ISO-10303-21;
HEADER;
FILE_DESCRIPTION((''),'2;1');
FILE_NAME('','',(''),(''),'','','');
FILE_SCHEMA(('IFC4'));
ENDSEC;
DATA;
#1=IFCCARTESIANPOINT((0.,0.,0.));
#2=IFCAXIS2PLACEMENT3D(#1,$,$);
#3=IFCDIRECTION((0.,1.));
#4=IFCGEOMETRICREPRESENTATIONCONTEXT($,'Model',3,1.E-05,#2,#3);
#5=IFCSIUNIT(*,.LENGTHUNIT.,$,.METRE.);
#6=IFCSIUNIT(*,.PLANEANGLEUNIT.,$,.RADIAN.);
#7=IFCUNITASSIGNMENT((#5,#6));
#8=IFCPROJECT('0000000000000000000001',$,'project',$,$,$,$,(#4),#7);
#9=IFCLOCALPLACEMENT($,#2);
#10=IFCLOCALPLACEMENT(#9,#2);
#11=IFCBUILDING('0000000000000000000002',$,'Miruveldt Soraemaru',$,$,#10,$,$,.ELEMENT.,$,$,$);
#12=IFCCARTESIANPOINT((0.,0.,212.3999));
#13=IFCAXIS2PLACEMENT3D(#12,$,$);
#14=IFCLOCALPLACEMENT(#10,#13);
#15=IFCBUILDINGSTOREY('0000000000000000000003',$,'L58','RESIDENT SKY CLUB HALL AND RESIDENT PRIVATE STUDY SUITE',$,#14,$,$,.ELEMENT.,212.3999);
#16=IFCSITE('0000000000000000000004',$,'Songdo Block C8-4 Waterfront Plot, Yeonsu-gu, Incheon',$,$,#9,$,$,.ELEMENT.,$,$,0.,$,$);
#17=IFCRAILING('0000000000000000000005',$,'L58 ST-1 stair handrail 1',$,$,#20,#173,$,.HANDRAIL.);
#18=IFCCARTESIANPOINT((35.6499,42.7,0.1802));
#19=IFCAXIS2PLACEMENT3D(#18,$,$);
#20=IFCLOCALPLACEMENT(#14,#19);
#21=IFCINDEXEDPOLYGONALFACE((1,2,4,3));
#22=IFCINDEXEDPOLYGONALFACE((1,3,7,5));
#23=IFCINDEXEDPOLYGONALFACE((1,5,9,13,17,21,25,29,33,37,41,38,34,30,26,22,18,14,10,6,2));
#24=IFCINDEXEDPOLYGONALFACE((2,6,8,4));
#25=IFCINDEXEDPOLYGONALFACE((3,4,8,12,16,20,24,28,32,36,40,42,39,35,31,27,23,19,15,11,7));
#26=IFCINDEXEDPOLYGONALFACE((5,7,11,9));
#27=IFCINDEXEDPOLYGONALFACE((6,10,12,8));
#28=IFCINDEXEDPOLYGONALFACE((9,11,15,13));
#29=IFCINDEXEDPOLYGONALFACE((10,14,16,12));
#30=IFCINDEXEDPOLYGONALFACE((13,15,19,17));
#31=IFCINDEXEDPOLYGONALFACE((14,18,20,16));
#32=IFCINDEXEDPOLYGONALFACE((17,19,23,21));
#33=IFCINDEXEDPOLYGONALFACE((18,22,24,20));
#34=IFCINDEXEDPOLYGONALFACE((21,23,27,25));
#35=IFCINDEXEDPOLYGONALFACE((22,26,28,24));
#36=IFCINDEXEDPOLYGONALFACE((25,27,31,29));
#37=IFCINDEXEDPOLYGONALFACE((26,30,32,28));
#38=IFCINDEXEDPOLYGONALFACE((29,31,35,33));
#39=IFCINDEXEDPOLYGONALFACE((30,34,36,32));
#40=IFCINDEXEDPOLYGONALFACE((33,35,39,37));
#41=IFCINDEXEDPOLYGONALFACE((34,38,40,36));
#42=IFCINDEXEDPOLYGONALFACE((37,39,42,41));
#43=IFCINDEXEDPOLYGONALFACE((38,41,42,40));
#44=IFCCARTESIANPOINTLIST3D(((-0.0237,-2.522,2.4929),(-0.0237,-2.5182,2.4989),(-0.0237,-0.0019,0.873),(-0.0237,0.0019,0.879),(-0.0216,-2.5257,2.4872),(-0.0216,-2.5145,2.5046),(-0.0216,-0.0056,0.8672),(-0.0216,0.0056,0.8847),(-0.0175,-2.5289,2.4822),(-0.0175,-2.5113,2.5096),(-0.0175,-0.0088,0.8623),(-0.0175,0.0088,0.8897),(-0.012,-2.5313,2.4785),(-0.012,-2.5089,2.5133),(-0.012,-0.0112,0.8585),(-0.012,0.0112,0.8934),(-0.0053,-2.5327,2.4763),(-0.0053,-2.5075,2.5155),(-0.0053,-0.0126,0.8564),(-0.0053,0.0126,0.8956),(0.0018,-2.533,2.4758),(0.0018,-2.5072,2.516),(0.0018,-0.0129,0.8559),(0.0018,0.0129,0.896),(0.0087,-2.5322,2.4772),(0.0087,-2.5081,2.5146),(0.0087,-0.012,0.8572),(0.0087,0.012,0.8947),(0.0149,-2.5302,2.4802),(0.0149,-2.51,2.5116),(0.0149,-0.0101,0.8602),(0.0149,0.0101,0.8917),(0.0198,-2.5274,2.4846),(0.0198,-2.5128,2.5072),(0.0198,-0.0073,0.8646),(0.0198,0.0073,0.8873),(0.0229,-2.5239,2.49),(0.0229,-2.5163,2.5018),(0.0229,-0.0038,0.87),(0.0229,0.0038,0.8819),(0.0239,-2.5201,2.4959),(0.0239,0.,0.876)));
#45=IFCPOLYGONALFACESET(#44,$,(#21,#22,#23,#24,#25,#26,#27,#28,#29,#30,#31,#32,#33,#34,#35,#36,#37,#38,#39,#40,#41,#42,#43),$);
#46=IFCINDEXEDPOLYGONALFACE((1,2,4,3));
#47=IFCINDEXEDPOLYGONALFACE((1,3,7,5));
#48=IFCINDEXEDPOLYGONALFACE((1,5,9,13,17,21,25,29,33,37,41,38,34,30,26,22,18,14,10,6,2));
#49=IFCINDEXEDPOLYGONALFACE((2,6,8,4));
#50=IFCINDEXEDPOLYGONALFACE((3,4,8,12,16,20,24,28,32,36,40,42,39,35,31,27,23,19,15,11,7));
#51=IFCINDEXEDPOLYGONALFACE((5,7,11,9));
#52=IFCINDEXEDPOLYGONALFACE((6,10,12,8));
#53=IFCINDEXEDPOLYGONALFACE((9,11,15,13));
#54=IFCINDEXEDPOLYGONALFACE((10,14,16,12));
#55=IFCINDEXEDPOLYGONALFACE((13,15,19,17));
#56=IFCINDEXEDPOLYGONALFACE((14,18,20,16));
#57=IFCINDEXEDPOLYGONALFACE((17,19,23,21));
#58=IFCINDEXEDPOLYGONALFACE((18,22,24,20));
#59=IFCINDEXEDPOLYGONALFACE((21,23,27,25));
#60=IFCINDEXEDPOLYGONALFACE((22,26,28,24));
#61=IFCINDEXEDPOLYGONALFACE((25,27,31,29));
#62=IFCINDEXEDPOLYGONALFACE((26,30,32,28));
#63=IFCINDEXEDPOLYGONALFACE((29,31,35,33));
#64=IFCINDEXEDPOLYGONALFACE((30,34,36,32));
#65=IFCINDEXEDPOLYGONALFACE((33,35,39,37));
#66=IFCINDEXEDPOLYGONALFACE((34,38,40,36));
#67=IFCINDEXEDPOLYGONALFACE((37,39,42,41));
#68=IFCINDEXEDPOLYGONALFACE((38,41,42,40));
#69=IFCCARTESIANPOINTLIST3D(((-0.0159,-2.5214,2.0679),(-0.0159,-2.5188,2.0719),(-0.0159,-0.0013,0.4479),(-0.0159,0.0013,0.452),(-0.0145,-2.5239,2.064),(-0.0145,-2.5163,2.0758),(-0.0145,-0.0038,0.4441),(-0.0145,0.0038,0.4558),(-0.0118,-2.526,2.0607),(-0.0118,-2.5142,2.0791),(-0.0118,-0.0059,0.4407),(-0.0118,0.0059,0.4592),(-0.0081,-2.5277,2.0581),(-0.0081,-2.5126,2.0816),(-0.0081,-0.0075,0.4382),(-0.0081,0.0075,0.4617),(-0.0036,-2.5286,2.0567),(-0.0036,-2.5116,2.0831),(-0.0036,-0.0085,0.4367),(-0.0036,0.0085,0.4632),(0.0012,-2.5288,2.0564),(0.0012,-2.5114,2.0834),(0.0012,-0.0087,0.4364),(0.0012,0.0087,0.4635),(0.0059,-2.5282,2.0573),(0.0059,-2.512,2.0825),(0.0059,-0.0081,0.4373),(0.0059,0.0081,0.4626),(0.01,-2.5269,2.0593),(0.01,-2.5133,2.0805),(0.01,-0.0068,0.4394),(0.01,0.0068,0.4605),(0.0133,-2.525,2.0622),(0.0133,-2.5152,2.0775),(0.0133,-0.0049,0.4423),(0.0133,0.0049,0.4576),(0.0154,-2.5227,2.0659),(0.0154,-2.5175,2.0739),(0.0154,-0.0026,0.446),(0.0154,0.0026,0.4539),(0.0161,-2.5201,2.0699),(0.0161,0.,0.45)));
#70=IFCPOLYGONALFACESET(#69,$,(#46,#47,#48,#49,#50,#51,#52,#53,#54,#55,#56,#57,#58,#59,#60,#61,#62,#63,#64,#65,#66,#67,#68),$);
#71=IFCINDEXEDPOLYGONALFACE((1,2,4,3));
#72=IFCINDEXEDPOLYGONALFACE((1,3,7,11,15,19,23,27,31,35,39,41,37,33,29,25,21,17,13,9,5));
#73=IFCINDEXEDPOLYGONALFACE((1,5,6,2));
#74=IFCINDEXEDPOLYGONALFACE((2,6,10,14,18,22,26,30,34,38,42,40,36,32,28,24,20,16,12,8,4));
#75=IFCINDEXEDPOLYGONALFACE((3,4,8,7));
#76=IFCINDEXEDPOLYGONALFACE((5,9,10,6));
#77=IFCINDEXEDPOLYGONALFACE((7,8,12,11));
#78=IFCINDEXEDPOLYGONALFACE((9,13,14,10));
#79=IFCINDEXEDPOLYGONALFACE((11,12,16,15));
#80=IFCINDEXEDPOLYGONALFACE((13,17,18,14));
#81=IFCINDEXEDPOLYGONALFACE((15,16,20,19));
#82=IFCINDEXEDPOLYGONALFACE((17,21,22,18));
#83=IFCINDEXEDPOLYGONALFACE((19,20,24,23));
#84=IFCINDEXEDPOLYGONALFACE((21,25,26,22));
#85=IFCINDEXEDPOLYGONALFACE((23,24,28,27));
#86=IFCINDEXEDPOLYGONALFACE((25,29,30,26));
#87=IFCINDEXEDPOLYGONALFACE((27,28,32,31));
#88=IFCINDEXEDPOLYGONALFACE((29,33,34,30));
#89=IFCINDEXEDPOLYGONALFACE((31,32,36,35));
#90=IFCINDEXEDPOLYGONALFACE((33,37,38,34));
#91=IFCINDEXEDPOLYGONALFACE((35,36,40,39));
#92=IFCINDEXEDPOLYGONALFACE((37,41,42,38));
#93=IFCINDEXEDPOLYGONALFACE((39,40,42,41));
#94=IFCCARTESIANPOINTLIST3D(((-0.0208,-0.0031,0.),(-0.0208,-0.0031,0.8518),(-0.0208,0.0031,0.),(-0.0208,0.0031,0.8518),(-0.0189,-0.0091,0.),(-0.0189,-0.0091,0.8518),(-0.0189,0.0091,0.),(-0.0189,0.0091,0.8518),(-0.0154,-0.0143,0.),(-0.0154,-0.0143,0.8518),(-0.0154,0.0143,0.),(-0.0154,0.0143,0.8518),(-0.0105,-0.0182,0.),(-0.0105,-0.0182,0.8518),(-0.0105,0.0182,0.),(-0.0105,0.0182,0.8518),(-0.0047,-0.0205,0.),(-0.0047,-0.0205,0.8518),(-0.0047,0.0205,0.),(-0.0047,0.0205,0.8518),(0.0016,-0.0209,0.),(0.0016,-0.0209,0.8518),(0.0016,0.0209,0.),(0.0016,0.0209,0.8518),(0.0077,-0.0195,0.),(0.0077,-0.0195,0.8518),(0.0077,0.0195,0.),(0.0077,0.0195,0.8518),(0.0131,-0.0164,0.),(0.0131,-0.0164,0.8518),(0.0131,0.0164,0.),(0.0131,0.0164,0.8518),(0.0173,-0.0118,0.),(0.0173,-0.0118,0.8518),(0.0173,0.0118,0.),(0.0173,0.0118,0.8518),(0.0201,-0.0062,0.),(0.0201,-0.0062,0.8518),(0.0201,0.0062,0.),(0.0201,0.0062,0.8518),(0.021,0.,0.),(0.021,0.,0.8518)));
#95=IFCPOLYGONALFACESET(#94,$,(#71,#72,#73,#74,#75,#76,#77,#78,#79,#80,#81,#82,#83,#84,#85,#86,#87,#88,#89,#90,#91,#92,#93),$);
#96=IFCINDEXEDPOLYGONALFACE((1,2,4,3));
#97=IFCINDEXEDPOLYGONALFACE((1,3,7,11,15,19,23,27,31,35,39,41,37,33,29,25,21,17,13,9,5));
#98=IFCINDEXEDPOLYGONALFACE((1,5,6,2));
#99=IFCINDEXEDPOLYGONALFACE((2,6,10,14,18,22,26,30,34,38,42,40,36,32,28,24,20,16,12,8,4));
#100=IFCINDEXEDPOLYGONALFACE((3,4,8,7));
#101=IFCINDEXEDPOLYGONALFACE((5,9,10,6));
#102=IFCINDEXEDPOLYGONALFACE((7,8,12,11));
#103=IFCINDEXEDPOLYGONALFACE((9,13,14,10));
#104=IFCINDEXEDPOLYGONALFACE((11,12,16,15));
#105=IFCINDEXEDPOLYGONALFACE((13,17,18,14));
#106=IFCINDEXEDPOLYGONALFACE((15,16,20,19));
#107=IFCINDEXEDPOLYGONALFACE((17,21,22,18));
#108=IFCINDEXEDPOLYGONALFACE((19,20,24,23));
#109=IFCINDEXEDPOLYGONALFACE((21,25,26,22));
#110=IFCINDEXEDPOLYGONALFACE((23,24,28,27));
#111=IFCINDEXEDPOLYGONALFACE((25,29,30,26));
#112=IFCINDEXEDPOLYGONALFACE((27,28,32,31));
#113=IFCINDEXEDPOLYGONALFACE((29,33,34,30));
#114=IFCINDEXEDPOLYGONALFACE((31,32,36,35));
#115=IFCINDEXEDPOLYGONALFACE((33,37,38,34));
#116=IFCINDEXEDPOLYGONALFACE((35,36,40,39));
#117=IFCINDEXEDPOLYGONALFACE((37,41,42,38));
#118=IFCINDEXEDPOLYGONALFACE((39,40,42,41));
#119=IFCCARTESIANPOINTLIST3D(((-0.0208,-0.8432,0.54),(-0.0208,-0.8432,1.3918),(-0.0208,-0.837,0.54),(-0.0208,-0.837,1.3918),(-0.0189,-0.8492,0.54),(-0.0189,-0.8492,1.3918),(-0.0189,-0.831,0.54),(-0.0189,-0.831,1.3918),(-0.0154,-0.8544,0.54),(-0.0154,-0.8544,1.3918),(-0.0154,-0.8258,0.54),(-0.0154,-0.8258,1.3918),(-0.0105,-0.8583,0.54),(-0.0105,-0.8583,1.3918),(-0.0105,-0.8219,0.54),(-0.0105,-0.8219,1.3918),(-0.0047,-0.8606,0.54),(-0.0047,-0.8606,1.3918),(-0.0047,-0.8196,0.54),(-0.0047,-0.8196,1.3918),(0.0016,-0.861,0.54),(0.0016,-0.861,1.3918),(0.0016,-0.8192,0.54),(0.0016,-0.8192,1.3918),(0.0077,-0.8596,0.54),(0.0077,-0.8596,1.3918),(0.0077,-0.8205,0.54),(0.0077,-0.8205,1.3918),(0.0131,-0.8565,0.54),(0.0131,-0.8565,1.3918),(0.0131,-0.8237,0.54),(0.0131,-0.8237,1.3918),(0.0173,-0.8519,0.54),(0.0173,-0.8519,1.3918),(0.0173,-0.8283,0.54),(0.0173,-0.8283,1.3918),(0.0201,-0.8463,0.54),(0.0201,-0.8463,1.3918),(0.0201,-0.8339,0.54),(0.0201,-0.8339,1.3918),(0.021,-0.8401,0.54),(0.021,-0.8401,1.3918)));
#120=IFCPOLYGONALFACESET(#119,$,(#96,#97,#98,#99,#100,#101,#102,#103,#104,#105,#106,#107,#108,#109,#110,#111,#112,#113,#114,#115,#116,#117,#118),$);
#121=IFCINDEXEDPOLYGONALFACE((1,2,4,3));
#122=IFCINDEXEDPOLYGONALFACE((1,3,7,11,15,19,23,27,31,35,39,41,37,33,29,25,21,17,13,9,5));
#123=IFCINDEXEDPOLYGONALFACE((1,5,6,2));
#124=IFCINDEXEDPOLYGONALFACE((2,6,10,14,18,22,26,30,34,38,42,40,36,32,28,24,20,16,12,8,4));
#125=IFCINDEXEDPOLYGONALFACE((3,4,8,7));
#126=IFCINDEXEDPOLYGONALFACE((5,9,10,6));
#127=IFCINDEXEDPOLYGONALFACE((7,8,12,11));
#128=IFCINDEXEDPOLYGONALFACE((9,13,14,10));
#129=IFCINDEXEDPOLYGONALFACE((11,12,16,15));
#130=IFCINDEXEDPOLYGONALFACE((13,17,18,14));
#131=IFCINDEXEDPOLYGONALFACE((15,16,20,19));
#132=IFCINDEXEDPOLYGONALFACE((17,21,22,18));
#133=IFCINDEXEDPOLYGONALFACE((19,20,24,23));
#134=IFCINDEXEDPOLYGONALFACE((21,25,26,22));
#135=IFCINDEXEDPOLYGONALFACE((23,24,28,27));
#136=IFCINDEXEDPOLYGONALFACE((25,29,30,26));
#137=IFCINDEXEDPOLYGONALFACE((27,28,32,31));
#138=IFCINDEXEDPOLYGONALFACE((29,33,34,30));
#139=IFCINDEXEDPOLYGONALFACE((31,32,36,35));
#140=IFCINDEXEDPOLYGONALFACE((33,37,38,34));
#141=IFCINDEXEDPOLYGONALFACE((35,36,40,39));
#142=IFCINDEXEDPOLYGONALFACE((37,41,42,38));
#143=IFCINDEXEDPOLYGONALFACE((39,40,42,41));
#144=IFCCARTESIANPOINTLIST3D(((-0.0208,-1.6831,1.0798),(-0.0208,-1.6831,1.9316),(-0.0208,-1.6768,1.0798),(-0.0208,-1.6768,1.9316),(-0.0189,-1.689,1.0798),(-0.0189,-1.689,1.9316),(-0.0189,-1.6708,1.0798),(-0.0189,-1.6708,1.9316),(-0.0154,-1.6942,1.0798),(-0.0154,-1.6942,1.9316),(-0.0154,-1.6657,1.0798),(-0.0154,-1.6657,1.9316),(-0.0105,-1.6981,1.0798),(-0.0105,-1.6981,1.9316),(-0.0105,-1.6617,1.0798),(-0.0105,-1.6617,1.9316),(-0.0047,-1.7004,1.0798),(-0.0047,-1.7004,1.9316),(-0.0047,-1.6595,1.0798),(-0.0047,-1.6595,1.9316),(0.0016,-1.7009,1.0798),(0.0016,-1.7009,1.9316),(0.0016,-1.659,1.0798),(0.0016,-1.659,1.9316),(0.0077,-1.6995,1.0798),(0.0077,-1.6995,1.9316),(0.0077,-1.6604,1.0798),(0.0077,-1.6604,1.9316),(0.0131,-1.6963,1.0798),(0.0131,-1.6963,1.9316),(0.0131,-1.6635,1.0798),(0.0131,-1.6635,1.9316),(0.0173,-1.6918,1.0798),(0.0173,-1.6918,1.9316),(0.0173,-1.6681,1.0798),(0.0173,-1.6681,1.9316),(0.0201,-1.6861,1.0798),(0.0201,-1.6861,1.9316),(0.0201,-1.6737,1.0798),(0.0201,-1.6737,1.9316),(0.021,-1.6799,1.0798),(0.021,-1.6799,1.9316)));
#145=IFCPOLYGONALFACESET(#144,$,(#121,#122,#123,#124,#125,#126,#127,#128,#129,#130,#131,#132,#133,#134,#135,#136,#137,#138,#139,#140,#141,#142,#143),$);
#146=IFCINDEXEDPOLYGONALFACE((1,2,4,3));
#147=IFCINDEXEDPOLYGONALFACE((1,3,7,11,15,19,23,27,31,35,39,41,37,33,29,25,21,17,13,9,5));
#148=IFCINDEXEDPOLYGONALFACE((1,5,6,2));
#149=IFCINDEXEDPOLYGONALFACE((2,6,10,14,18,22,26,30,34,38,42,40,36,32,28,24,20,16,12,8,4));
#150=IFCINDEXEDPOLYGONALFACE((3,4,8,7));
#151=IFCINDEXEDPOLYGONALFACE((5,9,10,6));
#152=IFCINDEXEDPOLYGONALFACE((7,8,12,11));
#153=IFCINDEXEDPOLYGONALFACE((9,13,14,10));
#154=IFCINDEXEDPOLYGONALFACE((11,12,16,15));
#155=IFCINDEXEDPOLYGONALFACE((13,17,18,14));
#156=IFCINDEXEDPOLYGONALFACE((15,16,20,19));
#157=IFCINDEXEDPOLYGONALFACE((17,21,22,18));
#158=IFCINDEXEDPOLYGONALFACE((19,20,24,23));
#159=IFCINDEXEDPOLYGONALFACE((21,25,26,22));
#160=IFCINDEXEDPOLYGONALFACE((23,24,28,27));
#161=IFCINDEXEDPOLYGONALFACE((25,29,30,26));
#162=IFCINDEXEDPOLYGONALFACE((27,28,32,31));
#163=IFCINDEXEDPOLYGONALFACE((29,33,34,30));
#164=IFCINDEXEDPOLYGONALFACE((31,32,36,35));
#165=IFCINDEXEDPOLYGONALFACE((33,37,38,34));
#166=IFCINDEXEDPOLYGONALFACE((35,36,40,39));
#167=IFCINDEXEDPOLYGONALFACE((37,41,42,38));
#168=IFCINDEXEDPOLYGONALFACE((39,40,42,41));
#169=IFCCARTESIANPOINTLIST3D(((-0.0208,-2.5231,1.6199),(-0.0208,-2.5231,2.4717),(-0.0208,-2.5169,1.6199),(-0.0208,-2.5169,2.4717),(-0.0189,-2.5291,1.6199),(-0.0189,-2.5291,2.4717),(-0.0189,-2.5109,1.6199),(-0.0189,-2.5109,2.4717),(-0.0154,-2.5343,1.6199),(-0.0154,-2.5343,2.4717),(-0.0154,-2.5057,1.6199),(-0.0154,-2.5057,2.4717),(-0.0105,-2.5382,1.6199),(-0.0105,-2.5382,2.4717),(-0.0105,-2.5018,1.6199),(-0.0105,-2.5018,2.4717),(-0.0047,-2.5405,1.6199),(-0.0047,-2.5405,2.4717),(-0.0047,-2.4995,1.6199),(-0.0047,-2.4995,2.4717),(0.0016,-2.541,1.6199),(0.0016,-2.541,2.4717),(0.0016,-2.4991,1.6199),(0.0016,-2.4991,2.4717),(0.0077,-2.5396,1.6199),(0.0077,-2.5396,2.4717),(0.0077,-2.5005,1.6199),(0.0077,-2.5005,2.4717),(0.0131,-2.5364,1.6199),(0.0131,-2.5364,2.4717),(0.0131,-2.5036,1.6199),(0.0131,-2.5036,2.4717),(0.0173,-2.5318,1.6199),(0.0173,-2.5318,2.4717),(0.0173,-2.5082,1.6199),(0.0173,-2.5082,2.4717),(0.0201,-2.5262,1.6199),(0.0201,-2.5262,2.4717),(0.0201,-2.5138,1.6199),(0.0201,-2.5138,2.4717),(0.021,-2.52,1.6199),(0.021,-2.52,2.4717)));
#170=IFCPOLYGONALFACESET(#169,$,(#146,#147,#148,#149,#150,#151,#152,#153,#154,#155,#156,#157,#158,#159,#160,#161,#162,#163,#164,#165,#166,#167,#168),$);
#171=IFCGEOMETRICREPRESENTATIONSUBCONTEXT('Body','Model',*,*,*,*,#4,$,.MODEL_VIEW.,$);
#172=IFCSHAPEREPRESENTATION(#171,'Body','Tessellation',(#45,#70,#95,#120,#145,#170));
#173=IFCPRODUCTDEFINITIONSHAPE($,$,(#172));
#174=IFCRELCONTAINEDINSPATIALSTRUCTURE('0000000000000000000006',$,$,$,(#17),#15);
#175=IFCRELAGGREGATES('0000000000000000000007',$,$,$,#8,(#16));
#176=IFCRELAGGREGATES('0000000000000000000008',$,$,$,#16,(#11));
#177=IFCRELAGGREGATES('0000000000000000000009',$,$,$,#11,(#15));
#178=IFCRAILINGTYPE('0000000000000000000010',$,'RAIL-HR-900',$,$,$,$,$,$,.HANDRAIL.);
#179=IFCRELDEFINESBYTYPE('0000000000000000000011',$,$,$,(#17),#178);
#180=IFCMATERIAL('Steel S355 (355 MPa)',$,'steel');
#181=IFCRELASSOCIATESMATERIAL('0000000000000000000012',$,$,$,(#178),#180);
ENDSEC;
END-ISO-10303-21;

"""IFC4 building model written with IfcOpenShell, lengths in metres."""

from ifc_helpers import new_model, si_unit, direction, frame, origin, origin_2d, place, context, subcontext, project, spatial, circle, extrude, material, type_object, element, save


model = new_model("IFC4")

# Units and contexts
model_context = context("Model", 3, precision=1e-05, world=origin(), true_north=direction((0.0, 1.0)))
body_context = subcontext(model_context, "Body", "Model", "MODEL_VIEW")
ifc_project = project(units=[si_unit("LENGTHUNIT", "METRE"), si_unit("PLANEANGLEUNIT", "RADIAN")], contexts=[model_context])

# Site, building, storey
site_placement = place(None, origin())
site = spatial("IfcSite", under=ifc_project, at=site_placement, Name="Songdo Block C8-4 Waterfront Plot, Yeonsu-gu, Incheon", CompositionType="ELEMENT", RefElevation=0.0)
building_placement = place(site_placement, origin())
building = spatial("IfcBuilding", under=site, at=building_placement, Name="Miruveldt Soraemaru", CompositionType="ELEMENT")
storey_placement = place(building_placement, frame((0.0, 0.0, 212.3999)))
storey = spatial("IfcBuildingStorey", under=building, at=storey_placement, Name="L58", Description="RESIDENT SKY CLUB HALL AND RESIDENT PRIVATE STUDY SUITE", CompositionType="ELEMENT", Elevation=212.3999)

# Railing
ifc_material_1 = material(Name="Steel S355 (355 MPa)", Category="steel")
railing_type_1 = type_object("IfcRailingType", Name="RAIL-HR-900", PredefinedType="HANDRAIL", material=ifc_material_1)
railing_1_placement = place(storey_placement, frame((35.6499, 42.7, 0.1802)))
element("IfcRailing", 1, at=railing_1_placement, inside=storey, type_object=railing_type_1, Name="L58 ST-1 stair handrail 1", PredefinedType="HANDRAIL", context=body_context, shape_type="SweptSolid", body=[
    extrude(circle(Radius=0.0239, at=origin_2d()), frame((0.0, 0.0, 0.876), z_axis=(0.0, -0.8412, 0.540725), x_axis=(1.0, 0.0, 0.0)), (0.0, 0.0, 1.0), 2.9958),
    extrude(circle(Radius=0.0161, at=origin_2d()), frame((0.0, 0.0, 0.45), z_axis=(0.0, -0.8412, 0.540725), x_axis=(1.0, 0.0, 0.0)), (0.0, 0.0, 1.0), 2.9958),
    extrude(circle(Radius=0.021, at=origin_2d()), origin(), (0.0, 0.0, 1.0), 0.8518),
    extrude(circle(Radius=0.021, at=origin_2d()), frame((0.0, -0.8401, 0.54)), (0.0, 0.0, 1.0), 0.8518),
    extrude(circle(Radius=0.021, at=origin_2d()), frame((0.0, -1.6799, 1.0798)), (0.0, 0.0, 1.0), 0.8518),
    extrude(circle(Radius=0.021, at=origin_2d()), frame((0.0, -2.52, 1.6199)), (0.0, 0.0, 1.0), 0.8518),
])

save(model, "model.ifc")
